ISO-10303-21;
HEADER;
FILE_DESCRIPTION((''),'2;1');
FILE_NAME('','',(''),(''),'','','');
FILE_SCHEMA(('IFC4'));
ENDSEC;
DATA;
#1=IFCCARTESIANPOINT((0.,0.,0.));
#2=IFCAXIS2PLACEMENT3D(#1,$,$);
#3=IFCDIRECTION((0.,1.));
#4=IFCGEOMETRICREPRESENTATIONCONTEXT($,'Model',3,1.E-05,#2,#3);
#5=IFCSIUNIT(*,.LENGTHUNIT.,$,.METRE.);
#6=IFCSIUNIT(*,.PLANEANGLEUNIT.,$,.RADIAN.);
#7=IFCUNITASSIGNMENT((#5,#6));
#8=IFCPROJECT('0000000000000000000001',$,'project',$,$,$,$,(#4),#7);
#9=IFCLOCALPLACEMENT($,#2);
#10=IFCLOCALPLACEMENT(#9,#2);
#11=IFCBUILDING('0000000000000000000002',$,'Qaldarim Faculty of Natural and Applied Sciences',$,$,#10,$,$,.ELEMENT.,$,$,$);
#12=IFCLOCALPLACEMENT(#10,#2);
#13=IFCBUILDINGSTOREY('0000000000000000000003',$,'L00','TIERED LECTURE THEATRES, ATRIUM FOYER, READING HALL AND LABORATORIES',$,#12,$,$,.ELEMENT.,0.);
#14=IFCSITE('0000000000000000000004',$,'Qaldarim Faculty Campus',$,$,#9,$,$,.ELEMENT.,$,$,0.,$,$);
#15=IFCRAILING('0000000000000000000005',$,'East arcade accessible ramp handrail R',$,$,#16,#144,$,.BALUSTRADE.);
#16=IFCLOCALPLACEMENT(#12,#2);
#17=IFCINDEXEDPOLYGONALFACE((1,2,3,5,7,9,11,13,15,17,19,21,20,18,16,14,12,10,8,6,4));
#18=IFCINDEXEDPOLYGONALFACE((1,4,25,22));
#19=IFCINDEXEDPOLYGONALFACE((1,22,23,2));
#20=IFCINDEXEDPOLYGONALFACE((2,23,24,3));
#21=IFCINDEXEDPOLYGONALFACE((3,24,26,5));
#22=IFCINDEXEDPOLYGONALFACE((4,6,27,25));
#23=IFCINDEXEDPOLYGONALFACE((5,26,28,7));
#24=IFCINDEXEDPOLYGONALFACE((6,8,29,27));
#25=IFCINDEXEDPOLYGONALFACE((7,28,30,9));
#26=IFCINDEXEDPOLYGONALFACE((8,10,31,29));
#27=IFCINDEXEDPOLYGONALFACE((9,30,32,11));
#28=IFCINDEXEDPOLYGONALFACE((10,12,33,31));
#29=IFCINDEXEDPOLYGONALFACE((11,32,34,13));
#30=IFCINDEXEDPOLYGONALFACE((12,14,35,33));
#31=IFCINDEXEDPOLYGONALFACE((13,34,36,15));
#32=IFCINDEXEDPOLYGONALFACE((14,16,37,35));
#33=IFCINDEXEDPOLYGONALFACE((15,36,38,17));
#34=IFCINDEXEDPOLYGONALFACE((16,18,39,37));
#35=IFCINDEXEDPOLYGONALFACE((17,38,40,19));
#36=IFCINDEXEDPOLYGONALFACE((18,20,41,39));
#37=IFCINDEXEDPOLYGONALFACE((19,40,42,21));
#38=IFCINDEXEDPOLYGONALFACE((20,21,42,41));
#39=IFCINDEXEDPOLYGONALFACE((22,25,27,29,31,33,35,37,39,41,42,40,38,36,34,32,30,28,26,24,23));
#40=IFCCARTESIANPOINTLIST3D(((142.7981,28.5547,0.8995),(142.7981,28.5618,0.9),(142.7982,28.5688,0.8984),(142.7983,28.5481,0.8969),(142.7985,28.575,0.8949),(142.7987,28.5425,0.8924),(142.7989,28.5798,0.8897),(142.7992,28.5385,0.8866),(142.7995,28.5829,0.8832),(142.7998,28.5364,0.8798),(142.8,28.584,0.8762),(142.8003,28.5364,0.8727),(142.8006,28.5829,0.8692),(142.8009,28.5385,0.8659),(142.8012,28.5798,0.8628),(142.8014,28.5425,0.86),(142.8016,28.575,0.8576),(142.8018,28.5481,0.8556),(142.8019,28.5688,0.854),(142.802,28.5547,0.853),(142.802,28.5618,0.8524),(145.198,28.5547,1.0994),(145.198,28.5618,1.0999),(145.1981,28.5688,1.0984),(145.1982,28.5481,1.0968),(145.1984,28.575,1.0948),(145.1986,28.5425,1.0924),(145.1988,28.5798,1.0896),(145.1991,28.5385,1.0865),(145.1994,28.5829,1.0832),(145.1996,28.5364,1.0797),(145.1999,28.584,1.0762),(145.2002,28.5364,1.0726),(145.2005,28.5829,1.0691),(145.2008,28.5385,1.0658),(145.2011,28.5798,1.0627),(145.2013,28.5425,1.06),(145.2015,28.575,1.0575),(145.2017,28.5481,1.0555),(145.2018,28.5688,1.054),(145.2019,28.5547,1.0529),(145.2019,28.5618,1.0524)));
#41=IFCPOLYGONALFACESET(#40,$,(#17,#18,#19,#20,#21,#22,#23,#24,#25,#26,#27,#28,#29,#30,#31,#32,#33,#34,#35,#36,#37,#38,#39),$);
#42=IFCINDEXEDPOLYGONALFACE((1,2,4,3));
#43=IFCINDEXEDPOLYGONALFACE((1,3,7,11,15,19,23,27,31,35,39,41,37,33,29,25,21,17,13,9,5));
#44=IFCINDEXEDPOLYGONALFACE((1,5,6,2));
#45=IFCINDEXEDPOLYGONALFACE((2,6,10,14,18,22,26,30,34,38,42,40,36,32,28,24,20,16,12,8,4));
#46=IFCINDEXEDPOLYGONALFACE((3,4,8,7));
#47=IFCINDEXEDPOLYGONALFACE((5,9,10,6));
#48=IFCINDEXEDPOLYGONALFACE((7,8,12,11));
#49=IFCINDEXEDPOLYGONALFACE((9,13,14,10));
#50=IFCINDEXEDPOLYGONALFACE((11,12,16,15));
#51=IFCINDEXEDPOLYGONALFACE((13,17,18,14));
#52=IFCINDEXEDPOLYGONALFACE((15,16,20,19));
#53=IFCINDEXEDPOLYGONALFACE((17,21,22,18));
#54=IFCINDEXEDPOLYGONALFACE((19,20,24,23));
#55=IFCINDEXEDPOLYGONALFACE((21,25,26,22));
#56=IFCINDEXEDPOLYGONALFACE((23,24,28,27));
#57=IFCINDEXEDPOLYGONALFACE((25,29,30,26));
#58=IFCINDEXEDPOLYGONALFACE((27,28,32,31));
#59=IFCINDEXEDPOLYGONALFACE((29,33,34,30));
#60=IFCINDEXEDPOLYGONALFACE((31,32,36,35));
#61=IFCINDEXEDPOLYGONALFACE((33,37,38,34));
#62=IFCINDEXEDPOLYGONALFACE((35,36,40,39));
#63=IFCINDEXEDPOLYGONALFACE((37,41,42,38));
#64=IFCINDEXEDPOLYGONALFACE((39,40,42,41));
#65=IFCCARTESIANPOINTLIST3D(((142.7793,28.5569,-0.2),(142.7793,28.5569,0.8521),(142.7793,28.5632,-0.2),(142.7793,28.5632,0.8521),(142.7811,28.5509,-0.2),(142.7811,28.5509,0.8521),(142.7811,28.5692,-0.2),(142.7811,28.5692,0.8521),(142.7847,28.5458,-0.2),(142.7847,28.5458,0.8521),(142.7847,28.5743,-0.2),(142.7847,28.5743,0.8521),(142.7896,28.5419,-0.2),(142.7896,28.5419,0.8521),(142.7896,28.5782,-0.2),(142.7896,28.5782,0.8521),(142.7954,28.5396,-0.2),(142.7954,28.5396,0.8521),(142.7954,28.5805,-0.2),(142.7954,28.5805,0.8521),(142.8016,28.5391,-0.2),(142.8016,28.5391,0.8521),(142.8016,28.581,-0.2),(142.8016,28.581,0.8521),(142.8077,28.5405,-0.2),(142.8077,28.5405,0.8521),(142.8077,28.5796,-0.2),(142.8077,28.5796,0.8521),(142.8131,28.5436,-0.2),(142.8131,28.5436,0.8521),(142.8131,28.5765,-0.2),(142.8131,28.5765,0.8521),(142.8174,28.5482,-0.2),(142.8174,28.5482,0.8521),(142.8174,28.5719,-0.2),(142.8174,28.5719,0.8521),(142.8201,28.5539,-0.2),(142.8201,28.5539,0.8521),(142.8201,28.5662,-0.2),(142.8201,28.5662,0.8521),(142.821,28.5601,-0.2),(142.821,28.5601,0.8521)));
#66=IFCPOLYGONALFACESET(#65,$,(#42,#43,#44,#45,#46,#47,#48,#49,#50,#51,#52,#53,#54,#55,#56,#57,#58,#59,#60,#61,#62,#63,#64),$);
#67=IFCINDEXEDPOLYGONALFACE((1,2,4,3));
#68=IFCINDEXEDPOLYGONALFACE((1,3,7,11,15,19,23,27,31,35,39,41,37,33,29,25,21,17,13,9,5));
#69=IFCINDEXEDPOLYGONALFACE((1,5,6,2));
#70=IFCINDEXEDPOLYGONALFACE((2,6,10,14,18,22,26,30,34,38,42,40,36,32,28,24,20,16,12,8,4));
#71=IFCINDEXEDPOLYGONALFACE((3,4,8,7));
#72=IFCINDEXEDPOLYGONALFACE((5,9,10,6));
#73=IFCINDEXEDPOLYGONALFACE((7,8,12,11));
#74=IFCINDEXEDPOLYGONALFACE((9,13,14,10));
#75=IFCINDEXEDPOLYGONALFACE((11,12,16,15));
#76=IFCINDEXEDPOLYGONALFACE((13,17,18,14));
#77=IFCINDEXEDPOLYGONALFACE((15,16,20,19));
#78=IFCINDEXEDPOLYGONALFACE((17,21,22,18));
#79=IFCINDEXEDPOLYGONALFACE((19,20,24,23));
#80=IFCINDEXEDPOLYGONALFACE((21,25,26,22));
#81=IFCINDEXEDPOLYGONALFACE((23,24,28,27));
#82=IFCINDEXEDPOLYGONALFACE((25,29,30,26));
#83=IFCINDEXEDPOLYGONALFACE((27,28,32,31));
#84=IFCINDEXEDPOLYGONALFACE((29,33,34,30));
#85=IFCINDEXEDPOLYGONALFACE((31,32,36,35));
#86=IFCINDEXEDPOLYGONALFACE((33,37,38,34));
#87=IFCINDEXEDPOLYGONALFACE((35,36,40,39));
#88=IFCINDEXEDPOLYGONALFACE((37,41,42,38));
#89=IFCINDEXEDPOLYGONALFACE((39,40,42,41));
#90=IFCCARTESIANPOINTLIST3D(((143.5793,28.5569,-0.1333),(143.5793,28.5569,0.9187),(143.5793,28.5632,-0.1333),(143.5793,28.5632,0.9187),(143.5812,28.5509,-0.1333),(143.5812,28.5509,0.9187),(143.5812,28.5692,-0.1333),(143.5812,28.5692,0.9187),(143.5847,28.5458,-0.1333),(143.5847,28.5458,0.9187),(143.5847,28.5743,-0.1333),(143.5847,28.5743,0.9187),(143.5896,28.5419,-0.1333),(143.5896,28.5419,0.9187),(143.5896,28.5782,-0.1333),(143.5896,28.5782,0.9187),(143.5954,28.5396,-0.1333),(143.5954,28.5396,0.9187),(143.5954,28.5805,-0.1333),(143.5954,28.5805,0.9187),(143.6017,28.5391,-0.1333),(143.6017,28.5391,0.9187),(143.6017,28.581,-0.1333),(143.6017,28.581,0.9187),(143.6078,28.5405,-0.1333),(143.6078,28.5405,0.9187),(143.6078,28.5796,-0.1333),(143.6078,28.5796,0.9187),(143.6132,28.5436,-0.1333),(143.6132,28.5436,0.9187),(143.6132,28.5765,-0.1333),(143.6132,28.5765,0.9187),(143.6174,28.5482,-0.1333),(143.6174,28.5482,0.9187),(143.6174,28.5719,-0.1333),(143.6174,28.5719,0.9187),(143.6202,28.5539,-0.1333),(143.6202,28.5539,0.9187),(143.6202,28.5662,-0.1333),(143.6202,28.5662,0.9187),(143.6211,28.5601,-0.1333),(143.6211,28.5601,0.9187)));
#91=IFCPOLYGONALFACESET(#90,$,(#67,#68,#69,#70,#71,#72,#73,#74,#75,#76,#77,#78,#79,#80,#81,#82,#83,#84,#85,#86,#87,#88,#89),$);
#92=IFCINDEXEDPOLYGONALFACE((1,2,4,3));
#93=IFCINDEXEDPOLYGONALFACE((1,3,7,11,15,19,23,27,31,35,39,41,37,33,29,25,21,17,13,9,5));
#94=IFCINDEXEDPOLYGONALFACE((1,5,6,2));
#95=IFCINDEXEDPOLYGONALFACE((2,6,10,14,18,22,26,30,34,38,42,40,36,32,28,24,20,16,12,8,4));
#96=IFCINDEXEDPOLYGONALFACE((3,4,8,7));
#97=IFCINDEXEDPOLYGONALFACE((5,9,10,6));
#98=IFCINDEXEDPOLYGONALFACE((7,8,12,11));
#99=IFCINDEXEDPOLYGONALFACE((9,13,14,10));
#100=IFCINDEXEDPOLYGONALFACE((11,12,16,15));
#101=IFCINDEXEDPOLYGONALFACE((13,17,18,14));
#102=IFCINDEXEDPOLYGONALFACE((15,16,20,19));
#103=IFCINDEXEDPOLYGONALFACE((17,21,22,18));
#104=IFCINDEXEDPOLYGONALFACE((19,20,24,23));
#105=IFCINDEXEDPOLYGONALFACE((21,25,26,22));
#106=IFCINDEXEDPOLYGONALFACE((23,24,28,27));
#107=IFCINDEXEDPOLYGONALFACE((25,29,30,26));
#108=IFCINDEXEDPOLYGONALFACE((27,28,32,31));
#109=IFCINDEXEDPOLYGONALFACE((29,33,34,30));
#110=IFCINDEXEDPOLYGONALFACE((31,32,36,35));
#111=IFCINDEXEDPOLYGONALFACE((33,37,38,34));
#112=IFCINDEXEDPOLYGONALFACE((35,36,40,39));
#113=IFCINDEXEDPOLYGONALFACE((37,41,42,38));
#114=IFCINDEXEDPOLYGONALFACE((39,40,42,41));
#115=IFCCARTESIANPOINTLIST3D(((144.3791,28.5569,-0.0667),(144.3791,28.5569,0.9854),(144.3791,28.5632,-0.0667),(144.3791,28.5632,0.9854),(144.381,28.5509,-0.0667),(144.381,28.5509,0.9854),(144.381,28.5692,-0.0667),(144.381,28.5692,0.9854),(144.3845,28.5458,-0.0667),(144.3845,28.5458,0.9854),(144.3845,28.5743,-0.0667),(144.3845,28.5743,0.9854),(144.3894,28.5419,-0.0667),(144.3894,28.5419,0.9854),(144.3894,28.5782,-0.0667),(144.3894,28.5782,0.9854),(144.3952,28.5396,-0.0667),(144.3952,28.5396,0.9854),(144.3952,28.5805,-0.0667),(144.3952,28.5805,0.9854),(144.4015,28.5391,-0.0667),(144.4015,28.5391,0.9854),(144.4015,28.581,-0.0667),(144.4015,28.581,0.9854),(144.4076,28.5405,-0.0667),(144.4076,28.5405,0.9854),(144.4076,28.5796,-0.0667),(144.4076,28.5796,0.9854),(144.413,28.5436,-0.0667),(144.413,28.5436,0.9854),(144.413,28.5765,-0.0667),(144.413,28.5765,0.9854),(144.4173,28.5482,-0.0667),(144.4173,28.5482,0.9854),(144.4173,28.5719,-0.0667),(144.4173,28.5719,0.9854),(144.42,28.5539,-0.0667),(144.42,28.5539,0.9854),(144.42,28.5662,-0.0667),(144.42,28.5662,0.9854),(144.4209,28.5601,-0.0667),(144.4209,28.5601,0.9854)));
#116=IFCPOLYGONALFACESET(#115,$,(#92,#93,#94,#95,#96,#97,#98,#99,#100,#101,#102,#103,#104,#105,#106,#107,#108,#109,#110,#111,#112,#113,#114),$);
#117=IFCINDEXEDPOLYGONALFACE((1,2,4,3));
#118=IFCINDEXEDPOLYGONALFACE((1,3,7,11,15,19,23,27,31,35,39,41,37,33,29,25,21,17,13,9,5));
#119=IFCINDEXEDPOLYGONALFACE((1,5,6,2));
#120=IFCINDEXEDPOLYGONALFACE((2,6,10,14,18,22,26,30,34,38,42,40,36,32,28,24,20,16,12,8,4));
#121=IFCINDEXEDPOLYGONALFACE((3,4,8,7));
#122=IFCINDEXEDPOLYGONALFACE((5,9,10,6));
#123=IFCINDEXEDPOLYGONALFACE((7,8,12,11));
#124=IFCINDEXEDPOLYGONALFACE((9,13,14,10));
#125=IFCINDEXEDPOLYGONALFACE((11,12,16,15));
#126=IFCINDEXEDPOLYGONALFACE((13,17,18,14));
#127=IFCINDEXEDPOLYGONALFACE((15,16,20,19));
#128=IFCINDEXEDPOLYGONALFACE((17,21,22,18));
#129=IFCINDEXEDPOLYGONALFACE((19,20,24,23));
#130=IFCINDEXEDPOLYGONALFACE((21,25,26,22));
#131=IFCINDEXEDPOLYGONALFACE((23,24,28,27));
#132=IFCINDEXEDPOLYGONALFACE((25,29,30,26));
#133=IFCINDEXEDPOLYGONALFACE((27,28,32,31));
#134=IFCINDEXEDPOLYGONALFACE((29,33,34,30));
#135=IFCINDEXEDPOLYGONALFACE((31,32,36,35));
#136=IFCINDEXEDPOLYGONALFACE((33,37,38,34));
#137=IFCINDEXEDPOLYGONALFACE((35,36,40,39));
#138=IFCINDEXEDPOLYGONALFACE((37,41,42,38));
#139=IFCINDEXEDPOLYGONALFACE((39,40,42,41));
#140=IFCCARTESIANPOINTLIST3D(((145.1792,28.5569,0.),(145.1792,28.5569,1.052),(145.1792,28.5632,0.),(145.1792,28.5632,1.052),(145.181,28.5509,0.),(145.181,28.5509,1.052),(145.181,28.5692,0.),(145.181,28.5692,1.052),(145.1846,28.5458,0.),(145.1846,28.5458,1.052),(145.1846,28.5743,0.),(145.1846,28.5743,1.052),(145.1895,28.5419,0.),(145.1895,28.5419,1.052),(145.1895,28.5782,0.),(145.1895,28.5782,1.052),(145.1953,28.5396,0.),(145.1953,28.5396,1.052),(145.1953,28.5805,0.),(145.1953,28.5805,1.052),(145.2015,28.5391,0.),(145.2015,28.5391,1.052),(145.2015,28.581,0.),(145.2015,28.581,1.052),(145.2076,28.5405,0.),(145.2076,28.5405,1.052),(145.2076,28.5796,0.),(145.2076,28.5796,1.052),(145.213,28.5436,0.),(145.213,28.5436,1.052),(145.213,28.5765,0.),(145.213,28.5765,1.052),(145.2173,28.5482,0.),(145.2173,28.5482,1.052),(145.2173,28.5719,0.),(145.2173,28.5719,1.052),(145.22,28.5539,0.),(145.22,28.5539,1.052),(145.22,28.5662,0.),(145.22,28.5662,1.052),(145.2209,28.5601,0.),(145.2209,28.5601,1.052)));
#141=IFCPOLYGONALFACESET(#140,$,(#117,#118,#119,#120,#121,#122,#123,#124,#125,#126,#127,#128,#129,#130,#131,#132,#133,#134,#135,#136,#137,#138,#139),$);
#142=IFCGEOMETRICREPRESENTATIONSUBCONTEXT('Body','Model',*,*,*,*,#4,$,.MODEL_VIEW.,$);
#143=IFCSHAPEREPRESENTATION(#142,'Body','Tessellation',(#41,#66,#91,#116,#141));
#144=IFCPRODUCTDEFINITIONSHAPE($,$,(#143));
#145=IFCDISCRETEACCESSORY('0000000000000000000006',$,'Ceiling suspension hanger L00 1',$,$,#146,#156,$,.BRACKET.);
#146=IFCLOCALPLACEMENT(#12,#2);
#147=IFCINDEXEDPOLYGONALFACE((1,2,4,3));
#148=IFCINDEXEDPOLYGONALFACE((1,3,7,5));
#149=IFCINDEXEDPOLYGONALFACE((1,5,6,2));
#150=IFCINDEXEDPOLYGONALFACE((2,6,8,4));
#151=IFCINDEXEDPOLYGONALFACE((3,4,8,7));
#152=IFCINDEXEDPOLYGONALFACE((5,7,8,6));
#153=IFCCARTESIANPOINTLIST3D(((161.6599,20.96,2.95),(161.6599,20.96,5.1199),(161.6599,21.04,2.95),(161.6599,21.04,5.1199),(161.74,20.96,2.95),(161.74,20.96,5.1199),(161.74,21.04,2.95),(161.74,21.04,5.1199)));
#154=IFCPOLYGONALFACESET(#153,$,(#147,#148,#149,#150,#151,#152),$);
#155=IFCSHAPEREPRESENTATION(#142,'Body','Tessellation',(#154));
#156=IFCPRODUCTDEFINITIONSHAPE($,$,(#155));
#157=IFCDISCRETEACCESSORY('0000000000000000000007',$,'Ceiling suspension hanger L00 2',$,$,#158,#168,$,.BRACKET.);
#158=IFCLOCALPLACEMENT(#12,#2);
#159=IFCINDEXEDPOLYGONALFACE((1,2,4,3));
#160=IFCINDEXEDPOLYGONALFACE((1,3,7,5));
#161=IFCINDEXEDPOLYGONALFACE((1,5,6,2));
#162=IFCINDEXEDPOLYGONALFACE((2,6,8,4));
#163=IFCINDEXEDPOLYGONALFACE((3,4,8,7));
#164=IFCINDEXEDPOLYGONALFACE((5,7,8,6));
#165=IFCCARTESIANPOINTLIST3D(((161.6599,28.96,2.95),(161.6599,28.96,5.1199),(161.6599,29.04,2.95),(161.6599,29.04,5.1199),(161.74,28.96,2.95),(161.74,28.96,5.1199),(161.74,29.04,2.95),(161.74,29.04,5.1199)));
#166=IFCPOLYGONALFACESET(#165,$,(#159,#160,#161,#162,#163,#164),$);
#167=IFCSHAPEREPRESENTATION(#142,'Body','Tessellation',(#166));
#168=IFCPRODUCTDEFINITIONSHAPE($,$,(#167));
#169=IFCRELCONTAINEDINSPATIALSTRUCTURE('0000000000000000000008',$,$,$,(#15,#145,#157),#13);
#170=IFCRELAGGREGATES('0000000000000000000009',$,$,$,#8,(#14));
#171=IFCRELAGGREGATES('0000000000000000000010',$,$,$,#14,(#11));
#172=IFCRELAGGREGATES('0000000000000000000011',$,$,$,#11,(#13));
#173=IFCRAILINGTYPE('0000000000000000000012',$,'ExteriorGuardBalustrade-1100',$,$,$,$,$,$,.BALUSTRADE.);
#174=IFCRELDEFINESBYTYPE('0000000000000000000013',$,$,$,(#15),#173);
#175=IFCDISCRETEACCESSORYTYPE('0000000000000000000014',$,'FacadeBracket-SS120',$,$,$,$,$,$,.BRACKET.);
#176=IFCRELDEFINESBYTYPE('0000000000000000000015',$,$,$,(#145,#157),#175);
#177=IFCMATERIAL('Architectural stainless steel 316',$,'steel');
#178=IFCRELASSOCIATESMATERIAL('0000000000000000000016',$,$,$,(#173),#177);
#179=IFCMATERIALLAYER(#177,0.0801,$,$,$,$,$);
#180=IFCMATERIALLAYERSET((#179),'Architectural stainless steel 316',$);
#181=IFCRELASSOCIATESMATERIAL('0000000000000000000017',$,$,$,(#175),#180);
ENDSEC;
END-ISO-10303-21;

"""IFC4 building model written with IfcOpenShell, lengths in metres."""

from ifc_helpers import new_model, si_unit, direction, frame, origin, origin_2d, place, context, subcontext, project, spatial, rectangle, circle, extrude, material, layer, layer_set, type_object, element, save


model = new_model("IFC4")

# Units and contexts
model_context = context("Model", 3, precision=1e-05, world=origin(), true_north=direction((0.0, 1.0)))
body_context = subcontext(model_context, "Body", "Model", "MODEL_VIEW")
ifc_project = project(units=[si_unit("LENGTHUNIT", "METRE"), si_unit("PLANEANGLEUNIT", "RADIAN")], contexts=[model_context])

# Site, building, storey
site_placement = place(None, origin())
site = spatial("IfcSite", under=ifc_project, at=site_placement, Name="Qaldarim Faculty Campus", CompositionType="ELEMENT", RefElevation=0.0)
building_placement = place(site_placement, origin())
building = spatial("IfcBuilding", under=site, at=building_placement, Name="Qaldarim Faculty of Natural and Applied Sciences", CompositionType="ELEMENT")
storey_placement = place(building_placement, origin())
storey = spatial("IfcBuildingStorey", under=building, at=storey_placement, Name="L00", Description="TIERED LECTURE THEATRES, ATRIUM FOYER, READING HALL AND LABORATORIES", CompositionType="ELEMENT", Elevation=0.0)

# Railing
ifc_material_1 = material(Name="Architectural stainless steel 316", Category="steel")
railing_type = type_object("IfcRailingType", Name="ExteriorGuardBalustrade-1100", PredefinedType="BALUSTRADE", material=ifc_material_1)
for number, where, name in (
    (1, (142.8, 28.5601, -0.2), "East arcade accessible ramp handrail R"),
):
    element("IfcRailing", number, at=place(storey_placement, frame(where)), inside=storey, type_object=railing_type, Name=name, PredefinedType="BALUSTRADE", context=body_context, shape_type="SweptSolid", body=[
        extrude(circle(Radius=0.0239, at=origin_2d()), frame((0.0, 0.0, 1.0762), z_axis=(0.996547, 0.0, 0.083029), x_axis=(0.0, 1.0, 0.0)), (0.0, 0.0, 1.0), 2.4082),
        extrude(circle(Radius=0.021, at=origin_2d()), origin(), (0.0, 0.0, 1.0), 1.052),
        extrude(circle(Radius=0.021, at=origin_2d()), frame((0.8, 0.0, 0.0667)), (0.0, 0.0, 1.0), 1.052),
        extrude(circle(Radius=0.021, at=origin_2d()), frame((1.5999, 0.0, 0.1333)), (0.0, 0.0, 1.0), 1.052),
        extrude(circle(Radius=0.021, at=origin_2d()), frame((2.3999, 0.0, 0.2)), (0.0, 0.0, 1.0), 1.052),
    ])

# Discrete accessories
ifc_layer_1 = layer(ifc_material_1, 0.0801)
ifc_layer_set_1 = layer_set([ifc_layer_1], Name="Architectural stainless steel 316")
discrete_accessory_type = type_object("IfcDiscreteAccessoryType", Name="FacadeBracket-SS120", PredefinedType="BRACKET", material=ifc_layer_set_1)
for number, where, z_axis, x_axis, name in (
    (2, (161.7, 21.0, 2.95), (0.0, 0.0, 1.0), (1.0, 0.0, 0.0), "Ceiling suspension hanger L00 1"),
    (3, (161.7, 29.0, 2.95), (0.0, 0.0, 1.0), (1.0, 0.0, 0.0), "Ceiling suspension hanger L00 2"),
):
    element("IfcDiscreteAccessory", number, at=place(storey_placement, frame(where, z_axis=z_axis, x_axis=x_axis)), inside=storey, type_object=discrete_accessory_type, Name=name, PredefinedType="BRACKET", context=body_context, shape_type="SweptSolid", body=[
        extrude(rectangle(XDim=0.0801, YDim=0.0801, at=origin_2d()), origin(), (0.0, 0.0, 1.0), 2.1699),
    ])

save(model, "model.ifc")
